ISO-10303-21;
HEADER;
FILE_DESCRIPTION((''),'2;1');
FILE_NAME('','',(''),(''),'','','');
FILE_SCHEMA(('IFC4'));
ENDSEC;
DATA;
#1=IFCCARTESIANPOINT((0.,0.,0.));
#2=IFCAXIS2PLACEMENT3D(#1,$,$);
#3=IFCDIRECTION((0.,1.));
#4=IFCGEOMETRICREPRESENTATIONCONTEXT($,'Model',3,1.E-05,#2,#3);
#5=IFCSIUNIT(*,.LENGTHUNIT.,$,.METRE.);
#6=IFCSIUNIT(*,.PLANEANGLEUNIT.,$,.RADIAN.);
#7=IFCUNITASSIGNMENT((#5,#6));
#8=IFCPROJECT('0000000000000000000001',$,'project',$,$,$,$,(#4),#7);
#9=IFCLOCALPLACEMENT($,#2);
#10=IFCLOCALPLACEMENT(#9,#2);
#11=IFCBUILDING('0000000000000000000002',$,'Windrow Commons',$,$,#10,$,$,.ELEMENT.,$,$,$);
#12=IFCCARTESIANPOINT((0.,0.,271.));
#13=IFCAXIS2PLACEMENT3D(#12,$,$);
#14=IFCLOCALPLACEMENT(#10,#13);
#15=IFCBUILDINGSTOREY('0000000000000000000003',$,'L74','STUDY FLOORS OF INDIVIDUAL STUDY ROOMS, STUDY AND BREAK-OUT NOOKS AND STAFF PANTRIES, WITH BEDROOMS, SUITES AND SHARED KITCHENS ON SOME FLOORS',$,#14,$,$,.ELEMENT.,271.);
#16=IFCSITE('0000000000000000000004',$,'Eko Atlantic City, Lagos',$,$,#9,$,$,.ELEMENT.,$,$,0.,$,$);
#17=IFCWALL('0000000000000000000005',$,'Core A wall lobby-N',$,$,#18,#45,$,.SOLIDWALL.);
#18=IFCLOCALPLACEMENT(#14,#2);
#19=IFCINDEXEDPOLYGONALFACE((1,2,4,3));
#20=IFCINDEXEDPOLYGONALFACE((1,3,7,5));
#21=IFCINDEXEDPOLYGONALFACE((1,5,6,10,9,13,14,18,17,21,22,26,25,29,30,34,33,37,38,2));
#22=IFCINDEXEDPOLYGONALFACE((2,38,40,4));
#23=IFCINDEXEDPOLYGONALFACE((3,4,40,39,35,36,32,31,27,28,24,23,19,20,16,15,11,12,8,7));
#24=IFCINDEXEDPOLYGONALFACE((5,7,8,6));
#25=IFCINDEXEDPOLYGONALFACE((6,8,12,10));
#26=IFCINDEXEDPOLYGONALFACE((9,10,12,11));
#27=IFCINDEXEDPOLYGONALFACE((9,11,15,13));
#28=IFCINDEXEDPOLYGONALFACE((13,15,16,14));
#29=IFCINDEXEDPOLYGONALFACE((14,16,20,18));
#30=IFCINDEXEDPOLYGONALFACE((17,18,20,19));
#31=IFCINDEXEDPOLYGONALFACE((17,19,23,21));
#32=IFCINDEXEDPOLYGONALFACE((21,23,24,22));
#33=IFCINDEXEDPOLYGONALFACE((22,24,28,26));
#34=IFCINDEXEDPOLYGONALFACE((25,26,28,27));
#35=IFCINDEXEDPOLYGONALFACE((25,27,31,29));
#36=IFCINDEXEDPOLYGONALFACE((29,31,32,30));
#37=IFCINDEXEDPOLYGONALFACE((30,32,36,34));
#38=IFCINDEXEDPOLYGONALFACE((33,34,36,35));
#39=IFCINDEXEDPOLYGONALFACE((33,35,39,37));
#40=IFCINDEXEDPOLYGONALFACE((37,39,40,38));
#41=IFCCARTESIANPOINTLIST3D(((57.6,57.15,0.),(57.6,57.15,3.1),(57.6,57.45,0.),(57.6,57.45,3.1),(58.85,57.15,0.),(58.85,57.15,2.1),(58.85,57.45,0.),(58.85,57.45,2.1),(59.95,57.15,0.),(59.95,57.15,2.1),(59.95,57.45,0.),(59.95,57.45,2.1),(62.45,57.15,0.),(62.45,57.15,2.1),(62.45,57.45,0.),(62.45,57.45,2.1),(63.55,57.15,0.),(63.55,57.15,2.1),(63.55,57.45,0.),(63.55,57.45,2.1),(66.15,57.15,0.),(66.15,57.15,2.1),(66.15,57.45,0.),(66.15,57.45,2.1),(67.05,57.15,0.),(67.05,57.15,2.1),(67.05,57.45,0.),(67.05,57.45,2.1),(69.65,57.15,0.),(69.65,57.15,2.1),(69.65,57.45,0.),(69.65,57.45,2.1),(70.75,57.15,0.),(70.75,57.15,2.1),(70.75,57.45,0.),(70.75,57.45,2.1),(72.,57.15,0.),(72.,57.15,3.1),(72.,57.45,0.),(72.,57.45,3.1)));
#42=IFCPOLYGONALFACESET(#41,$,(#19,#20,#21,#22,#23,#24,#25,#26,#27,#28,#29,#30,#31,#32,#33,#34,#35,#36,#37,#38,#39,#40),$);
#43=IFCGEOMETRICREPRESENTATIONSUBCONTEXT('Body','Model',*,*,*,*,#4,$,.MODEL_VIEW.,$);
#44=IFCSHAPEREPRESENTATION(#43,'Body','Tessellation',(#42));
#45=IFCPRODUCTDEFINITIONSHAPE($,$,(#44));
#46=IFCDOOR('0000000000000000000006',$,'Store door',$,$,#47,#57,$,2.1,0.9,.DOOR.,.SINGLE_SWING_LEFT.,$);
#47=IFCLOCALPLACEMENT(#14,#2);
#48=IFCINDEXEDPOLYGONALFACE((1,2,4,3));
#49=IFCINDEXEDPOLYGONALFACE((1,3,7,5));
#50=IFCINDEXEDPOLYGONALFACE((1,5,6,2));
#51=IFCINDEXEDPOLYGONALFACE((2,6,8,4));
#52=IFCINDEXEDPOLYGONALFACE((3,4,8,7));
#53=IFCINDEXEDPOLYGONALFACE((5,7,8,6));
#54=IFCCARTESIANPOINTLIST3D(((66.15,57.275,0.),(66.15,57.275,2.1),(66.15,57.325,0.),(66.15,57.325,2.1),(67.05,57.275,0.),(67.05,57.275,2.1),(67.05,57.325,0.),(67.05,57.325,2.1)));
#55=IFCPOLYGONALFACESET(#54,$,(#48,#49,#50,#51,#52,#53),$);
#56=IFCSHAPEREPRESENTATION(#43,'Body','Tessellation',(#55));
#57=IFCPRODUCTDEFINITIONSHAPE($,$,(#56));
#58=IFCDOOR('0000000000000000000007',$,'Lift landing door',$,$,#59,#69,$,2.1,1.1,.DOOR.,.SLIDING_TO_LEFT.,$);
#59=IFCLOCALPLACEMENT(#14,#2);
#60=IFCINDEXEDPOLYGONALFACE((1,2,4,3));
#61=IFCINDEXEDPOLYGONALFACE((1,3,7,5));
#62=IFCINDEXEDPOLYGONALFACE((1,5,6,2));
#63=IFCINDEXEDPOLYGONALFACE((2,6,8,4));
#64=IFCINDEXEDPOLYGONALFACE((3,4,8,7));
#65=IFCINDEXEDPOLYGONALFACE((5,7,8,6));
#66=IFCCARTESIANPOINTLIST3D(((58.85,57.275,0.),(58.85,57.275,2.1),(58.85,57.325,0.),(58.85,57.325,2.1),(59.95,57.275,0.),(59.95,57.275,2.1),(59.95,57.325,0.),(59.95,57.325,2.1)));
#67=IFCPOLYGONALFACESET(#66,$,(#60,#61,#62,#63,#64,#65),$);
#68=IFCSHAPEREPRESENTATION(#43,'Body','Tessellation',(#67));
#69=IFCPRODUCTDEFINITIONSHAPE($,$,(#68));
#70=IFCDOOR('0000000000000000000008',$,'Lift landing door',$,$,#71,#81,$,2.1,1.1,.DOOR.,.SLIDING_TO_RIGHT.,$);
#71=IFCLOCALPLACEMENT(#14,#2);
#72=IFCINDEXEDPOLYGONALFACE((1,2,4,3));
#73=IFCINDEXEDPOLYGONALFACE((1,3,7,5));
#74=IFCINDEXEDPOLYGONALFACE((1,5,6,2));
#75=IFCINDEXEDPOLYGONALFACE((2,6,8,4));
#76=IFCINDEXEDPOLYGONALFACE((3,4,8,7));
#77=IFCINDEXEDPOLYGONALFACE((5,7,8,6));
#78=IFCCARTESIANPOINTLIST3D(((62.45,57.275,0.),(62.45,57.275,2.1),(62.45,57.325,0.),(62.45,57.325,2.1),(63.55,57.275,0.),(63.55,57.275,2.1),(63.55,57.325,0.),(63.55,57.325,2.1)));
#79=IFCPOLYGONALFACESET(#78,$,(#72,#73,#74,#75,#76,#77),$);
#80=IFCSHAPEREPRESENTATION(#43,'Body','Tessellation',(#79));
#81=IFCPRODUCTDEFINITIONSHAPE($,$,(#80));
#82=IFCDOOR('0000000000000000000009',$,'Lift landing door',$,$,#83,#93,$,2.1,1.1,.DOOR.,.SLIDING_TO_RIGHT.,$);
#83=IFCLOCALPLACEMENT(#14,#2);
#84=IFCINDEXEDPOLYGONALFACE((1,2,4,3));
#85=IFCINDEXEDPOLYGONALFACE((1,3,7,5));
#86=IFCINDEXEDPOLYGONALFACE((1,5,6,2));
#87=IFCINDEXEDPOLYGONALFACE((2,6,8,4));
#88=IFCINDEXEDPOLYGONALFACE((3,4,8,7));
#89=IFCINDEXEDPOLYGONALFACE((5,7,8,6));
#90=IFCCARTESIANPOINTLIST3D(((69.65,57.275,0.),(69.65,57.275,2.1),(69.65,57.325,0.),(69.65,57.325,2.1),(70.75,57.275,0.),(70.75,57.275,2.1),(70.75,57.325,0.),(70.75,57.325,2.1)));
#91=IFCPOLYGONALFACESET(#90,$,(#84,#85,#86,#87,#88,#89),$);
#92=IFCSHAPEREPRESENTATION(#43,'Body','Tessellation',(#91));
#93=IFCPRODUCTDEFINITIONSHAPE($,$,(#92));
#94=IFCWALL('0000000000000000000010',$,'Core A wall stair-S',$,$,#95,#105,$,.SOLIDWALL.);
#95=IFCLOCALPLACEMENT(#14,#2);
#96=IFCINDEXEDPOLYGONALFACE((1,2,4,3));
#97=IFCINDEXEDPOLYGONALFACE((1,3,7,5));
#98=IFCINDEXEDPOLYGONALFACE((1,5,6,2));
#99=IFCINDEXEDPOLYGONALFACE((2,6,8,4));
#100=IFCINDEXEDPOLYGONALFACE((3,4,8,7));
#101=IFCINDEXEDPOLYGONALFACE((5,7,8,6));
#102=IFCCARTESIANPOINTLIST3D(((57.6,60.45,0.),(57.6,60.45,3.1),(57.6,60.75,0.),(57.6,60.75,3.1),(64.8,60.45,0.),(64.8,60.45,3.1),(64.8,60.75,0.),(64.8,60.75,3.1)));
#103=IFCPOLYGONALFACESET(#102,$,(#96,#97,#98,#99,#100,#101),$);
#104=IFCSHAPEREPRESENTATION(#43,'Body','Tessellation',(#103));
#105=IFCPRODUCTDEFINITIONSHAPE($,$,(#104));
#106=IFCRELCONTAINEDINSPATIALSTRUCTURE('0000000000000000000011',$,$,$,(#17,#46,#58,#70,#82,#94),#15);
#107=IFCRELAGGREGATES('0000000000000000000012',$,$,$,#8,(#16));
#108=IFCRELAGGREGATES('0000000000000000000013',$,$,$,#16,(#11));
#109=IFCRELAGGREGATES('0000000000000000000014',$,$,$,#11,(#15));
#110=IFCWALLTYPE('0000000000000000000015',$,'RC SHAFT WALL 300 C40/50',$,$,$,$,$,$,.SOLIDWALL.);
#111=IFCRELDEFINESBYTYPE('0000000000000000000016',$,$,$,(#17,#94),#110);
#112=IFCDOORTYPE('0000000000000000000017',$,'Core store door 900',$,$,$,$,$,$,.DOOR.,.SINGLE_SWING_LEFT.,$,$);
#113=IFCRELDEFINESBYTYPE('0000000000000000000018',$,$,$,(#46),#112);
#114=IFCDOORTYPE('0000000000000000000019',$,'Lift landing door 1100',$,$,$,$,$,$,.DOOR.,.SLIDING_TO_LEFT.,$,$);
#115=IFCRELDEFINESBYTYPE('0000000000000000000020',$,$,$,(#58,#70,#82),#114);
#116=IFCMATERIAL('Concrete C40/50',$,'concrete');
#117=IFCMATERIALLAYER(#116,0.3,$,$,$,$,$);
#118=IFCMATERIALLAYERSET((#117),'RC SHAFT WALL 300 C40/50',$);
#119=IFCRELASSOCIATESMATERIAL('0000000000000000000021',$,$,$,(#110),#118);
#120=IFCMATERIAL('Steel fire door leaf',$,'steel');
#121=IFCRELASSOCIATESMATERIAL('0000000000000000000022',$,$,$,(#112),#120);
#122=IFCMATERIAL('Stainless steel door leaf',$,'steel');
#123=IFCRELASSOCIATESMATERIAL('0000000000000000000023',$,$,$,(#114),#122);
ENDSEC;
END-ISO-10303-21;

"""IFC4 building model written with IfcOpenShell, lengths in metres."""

from ifc_helpers import new_model, si_unit, direction, frame, frame_2d, origin, place, context, subcontext, project, spatial, rectangle, extrude, material, layer, layer_set, type_object, element, fill, save


model = new_model("IFC4")

# Units and contexts
model_context = context("Model", 3, precision=1e-05, world=origin(), true_north=direction((0.0, 1.0)))
body_context = subcontext(model_context, "Body", "Model", "MODEL_VIEW")
ifc_project = project(units=[si_unit("LENGTHUNIT", "METRE"), si_unit("PLANEANGLEUNIT", "RADIAN")], contexts=[model_context])

# Site, building, storey
site_placement = place(None, origin())
site = spatial("IfcSite", under=ifc_project, at=site_placement, Name="Eko Atlantic City, Lagos", CompositionType="ELEMENT", RefElevation=0.0)
building_placement = place(site_placement, origin())
building = spatial("IfcBuilding", under=site, at=building_placement, Name="Windrow Commons", CompositionType="ELEMENT")
storey_placement = place(building_placement, frame((0.0, 0.0, 271.0)))
storey = spatial("IfcBuildingStorey", under=building, at=storey_placement, Name="L74", Description="STUDY FLOORS OF INDIVIDUAL STUDY ROOMS, STUDY AND BREAK-OUT NOOKS AND STAFF PANTRIES, WITH BEDROOMS, SUITES AND SHARED KITCHENS ON SOME FLOORS", CompositionType="ELEMENT", Elevation=271.0)

# Wall, openings, doors
ifc_material_1 = material(Name="Concrete C40/50", Category="concrete")
ifc_layer_1 = layer(ifc_material_1, 0.3)
ifc_layer_set_1 = layer_set([ifc_layer_1], Name="RC SHAFT WALL 300 C40/50")
wall_type_1 = type_object("IfcWallType", Name="RC SHAFT WALL 300 C40/50", PredefinedType="SOLIDWALL", material=ifc_layer_set_1)
ifc_material_2 = material(Name="Steel fire door leaf", Category="steel")
door_type_1 = type_object("IfcDoorType", Name="Core store door 900", OperationType="SINGLE_SWING_LEFT", PredefinedType="DOOR", material=ifc_material_2)
ifc_material_3 = material(Name="Stainless steel door leaf", Category="steel")
door_type_2 = type_object("IfcDoorType", Name="Lift landing door 1100", OperationType="SLIDING_TO_LEFT", PredefinedType="DOOR", material=ifc_material_3)
wall_1_placement = place(storey_placement, frame((57.6, 57.3, 0.0), z_axis=(0.0, 0.0, 1.0), x_axis=(1.0, 0.0, 0.0)))
wall_1 = element("IfcWall", 1, at=wall_1_placement, inside=storey, type_object=wall_type_1, Name="Core A wall lobby-N", PredefinedType="SOLIDWALL", context=body_context, shape_type="SweptSolid", body=[
    extrude(rectangle(XDim=14.4, YDim=0.3, at=frame_2d((7.2, 0.0))), origin(), (0.0, 0.0, 1.0), 3.1),
])
opening_1_placement = place(wall_1_placement, frame((8.55, 0.0, 0.0)))
opening_1 = element("IfcOpeningElement", 2, at=opening_1_placement, cuts=wall_1, PredefinedType="OPENING", context=body_context, shape_type="SweptSolid", body=[
    extrude(rectangle(XDim=0.9, YDim=2.1, at=frame_2d((0.45, 1.05))), frame((0.0, 0.16, 0.0), z_axis=(0.0, -1.0, 0.0), x_axis=(1.0, 0.0, 0.0)), (0.0, 0.0, 1.0), 0.32),
])
opening_2_placement = place(wall_1_placement, frame((1.25, 0.0, 0.0)))
opening_2 = element("IfcOpeningElement", 3, at=opening_2_placement, cuts=wall_1, PredefinedType="OPENING", context=body_context, shape_type="SweptSolid", body=[
    extrude(rectangle(XDim=1.1, YDim=2.1, at=frame_2d((0.55, 1.05))), frame((0.0, 0.16, 0.0), z_axis=(0.0, -1.0, 0.0), x_axis=(1.0, 0.0, 0.0)), (0.0, 0.0, 1.0), 0.32),
])
opening_3_placement = place(wall_1_placement, frame((4.85, 0.0, 0.0)))
opening_3 = element("IfcOpeningElement", 4, at=opening_3_placement, cuts=wall_1, PredefinedType="OPENING", context=body_context, shape_type="SweptSolid", body=[
    extrude(rectangle(XDim=1.1, YDim=2.1, at=frame_2d((0.55, 1.05))), frame((0.0, 0.16, 0.0), z_axis=(0.0, -1.0, 0.0), x_axis=(1.0, 0.0, 0.0)), (0.0, 0.0, 1.0), 0.32),
])
opening_4_placement = place(wall_1_placement, frame((12.05, 0.0, 0.0)))
opening_4 = element("IfcOpeningElement", 5, at=opening_4_placement, cuts=wall_1, PredefinedType="OPENING", context=body_context, shape_type="SweptSolid", body=[
    extrude(rectangle(XDim=1.1, YDim=2.1, at=frame_2d((0.55, 1.05))), frame((0.0, 0.16, 0.0), z_axis=(0.0, -1.0, 0.0), x_axis=(1.0, 0.0, 0.0)), (0.0, 0.0, 1.0), 0.32),
])
door_1_placement = place(opening_1_placement, origin())
door_1 = element("IfcDoor", 6, at=door_1_placement, inside=storey, type_object=door_type_1, Name="Store door", OperationType="SINGLE_SWING_LEFT", OverallHeight=2.1, OverallWidth=0.9, PredefinedType="DOOR", context=body_context, shape_type="SweptSolid", body=[
    extrude(rectangle(XDim=0.9, YDim=2.1, at=frame_2d((0.45, 1.05))), frame((0.0, 0.025, 0.0), z_axis=(0.0, -1.0, 0.0), x_axis=(1.0, 0.0, 0.0)), (0.0, 0.0, 1.0), 0.05),
])
fill(opening_1, door_1)
door_2_placement = place(opening_2_placement, origin())
door_2 = element("IfcDoor", 7, at=door_2_placement, inside=storey, type_object=door_type_2, Name="Lift landing door", OperationType="SLIDING_TO_LEFT", OverallHeight=2.1, OverallWidth=1.1, PredefinedType="DOOR", context=body_context, shape_type="SweptSolid", body=[
    extrude(rectangle(XDim=1.1, YDim=2.1, at=frame_2d((0.55, 1.05))), frame((0.0, 0.025, 0.0), z_axis=(0.0, -1.0, 0.0), x_axis=(1.0, 0.0, 0.0)), (0.0, 0.0, 1.0), 0.05),
])
fill(opening_2, door_2)
door_3_placement = place(opening_3_placement, origin())
door_3 = element("IfcDoor", 8, at=door_3_placement, inside=storey, type_object=door_type_2, Name="Lift landing door", OperationType="SLIDING_TO_RIGHT", OverallHeight=2.1, OverallWidth=1.1, PredefinedType="DOOR", context=body_context, shape_type="SweptSolid", body=[
    extrude(rectangle(XDim=1.1, YDim=2.1, at=frame_2d((0.55, 1.05))), frame((0.0, 0.025, 0.0), z_axis=(0.0, -1.0, 0.0), x_axis=(1.0, 0.0, 0.0)), (0.0, 0.0, 1.0), 0.05),
])
fill(opening_3, door_3)
door_4_placement = place(opening_4_placement, origin())
door_4 = element("IfcDoor", 9, at=door_4_placement, inside=storey, type_object=door_type_2, Name="Lift landing door", OperationType="SLIDING_TO_RIGHT", OverallHeight=2.1, OverallWidth=1.1, PredefinedType="DOOR", context=body_context, shape_type="SweptSolid", body=[
    extrude(rectangle(XDim=1.1, YDim=2.1, at=frame_2d((0.55, 1.05))), frame((0.0, 0.025, 0.0), z_axis=(0.0, -1.0, 0.0), x_axis=(1.0, 0.0, 0.0)), (0.0, 0.0, 1.0), 0.05),
])
fill(opening_4, door_4)

# Wall
wall_2_placement = place(storey_placement, frame((57.6, 60.6, 0.0), z_axis=(0.0, 0.0, 1.0), x_axis=(1.0, 0.0, 0.0)))
element("IfcWall", 10, at=wall_2_placement, inside=storey, type_object=wall_type_1, Name="Core A wall stair-S", PredefinedType="SOLIDWALL", context=body_context, shape_type="SweptSolid", body=[
    extrude(rectangle(XDim=7.2, YDim=0.3, at=frame_2d((3.6, 0.0))), origin(), (0.0, 0.0, 1.0), 3.1),
])

save(model, "model.ifc")
